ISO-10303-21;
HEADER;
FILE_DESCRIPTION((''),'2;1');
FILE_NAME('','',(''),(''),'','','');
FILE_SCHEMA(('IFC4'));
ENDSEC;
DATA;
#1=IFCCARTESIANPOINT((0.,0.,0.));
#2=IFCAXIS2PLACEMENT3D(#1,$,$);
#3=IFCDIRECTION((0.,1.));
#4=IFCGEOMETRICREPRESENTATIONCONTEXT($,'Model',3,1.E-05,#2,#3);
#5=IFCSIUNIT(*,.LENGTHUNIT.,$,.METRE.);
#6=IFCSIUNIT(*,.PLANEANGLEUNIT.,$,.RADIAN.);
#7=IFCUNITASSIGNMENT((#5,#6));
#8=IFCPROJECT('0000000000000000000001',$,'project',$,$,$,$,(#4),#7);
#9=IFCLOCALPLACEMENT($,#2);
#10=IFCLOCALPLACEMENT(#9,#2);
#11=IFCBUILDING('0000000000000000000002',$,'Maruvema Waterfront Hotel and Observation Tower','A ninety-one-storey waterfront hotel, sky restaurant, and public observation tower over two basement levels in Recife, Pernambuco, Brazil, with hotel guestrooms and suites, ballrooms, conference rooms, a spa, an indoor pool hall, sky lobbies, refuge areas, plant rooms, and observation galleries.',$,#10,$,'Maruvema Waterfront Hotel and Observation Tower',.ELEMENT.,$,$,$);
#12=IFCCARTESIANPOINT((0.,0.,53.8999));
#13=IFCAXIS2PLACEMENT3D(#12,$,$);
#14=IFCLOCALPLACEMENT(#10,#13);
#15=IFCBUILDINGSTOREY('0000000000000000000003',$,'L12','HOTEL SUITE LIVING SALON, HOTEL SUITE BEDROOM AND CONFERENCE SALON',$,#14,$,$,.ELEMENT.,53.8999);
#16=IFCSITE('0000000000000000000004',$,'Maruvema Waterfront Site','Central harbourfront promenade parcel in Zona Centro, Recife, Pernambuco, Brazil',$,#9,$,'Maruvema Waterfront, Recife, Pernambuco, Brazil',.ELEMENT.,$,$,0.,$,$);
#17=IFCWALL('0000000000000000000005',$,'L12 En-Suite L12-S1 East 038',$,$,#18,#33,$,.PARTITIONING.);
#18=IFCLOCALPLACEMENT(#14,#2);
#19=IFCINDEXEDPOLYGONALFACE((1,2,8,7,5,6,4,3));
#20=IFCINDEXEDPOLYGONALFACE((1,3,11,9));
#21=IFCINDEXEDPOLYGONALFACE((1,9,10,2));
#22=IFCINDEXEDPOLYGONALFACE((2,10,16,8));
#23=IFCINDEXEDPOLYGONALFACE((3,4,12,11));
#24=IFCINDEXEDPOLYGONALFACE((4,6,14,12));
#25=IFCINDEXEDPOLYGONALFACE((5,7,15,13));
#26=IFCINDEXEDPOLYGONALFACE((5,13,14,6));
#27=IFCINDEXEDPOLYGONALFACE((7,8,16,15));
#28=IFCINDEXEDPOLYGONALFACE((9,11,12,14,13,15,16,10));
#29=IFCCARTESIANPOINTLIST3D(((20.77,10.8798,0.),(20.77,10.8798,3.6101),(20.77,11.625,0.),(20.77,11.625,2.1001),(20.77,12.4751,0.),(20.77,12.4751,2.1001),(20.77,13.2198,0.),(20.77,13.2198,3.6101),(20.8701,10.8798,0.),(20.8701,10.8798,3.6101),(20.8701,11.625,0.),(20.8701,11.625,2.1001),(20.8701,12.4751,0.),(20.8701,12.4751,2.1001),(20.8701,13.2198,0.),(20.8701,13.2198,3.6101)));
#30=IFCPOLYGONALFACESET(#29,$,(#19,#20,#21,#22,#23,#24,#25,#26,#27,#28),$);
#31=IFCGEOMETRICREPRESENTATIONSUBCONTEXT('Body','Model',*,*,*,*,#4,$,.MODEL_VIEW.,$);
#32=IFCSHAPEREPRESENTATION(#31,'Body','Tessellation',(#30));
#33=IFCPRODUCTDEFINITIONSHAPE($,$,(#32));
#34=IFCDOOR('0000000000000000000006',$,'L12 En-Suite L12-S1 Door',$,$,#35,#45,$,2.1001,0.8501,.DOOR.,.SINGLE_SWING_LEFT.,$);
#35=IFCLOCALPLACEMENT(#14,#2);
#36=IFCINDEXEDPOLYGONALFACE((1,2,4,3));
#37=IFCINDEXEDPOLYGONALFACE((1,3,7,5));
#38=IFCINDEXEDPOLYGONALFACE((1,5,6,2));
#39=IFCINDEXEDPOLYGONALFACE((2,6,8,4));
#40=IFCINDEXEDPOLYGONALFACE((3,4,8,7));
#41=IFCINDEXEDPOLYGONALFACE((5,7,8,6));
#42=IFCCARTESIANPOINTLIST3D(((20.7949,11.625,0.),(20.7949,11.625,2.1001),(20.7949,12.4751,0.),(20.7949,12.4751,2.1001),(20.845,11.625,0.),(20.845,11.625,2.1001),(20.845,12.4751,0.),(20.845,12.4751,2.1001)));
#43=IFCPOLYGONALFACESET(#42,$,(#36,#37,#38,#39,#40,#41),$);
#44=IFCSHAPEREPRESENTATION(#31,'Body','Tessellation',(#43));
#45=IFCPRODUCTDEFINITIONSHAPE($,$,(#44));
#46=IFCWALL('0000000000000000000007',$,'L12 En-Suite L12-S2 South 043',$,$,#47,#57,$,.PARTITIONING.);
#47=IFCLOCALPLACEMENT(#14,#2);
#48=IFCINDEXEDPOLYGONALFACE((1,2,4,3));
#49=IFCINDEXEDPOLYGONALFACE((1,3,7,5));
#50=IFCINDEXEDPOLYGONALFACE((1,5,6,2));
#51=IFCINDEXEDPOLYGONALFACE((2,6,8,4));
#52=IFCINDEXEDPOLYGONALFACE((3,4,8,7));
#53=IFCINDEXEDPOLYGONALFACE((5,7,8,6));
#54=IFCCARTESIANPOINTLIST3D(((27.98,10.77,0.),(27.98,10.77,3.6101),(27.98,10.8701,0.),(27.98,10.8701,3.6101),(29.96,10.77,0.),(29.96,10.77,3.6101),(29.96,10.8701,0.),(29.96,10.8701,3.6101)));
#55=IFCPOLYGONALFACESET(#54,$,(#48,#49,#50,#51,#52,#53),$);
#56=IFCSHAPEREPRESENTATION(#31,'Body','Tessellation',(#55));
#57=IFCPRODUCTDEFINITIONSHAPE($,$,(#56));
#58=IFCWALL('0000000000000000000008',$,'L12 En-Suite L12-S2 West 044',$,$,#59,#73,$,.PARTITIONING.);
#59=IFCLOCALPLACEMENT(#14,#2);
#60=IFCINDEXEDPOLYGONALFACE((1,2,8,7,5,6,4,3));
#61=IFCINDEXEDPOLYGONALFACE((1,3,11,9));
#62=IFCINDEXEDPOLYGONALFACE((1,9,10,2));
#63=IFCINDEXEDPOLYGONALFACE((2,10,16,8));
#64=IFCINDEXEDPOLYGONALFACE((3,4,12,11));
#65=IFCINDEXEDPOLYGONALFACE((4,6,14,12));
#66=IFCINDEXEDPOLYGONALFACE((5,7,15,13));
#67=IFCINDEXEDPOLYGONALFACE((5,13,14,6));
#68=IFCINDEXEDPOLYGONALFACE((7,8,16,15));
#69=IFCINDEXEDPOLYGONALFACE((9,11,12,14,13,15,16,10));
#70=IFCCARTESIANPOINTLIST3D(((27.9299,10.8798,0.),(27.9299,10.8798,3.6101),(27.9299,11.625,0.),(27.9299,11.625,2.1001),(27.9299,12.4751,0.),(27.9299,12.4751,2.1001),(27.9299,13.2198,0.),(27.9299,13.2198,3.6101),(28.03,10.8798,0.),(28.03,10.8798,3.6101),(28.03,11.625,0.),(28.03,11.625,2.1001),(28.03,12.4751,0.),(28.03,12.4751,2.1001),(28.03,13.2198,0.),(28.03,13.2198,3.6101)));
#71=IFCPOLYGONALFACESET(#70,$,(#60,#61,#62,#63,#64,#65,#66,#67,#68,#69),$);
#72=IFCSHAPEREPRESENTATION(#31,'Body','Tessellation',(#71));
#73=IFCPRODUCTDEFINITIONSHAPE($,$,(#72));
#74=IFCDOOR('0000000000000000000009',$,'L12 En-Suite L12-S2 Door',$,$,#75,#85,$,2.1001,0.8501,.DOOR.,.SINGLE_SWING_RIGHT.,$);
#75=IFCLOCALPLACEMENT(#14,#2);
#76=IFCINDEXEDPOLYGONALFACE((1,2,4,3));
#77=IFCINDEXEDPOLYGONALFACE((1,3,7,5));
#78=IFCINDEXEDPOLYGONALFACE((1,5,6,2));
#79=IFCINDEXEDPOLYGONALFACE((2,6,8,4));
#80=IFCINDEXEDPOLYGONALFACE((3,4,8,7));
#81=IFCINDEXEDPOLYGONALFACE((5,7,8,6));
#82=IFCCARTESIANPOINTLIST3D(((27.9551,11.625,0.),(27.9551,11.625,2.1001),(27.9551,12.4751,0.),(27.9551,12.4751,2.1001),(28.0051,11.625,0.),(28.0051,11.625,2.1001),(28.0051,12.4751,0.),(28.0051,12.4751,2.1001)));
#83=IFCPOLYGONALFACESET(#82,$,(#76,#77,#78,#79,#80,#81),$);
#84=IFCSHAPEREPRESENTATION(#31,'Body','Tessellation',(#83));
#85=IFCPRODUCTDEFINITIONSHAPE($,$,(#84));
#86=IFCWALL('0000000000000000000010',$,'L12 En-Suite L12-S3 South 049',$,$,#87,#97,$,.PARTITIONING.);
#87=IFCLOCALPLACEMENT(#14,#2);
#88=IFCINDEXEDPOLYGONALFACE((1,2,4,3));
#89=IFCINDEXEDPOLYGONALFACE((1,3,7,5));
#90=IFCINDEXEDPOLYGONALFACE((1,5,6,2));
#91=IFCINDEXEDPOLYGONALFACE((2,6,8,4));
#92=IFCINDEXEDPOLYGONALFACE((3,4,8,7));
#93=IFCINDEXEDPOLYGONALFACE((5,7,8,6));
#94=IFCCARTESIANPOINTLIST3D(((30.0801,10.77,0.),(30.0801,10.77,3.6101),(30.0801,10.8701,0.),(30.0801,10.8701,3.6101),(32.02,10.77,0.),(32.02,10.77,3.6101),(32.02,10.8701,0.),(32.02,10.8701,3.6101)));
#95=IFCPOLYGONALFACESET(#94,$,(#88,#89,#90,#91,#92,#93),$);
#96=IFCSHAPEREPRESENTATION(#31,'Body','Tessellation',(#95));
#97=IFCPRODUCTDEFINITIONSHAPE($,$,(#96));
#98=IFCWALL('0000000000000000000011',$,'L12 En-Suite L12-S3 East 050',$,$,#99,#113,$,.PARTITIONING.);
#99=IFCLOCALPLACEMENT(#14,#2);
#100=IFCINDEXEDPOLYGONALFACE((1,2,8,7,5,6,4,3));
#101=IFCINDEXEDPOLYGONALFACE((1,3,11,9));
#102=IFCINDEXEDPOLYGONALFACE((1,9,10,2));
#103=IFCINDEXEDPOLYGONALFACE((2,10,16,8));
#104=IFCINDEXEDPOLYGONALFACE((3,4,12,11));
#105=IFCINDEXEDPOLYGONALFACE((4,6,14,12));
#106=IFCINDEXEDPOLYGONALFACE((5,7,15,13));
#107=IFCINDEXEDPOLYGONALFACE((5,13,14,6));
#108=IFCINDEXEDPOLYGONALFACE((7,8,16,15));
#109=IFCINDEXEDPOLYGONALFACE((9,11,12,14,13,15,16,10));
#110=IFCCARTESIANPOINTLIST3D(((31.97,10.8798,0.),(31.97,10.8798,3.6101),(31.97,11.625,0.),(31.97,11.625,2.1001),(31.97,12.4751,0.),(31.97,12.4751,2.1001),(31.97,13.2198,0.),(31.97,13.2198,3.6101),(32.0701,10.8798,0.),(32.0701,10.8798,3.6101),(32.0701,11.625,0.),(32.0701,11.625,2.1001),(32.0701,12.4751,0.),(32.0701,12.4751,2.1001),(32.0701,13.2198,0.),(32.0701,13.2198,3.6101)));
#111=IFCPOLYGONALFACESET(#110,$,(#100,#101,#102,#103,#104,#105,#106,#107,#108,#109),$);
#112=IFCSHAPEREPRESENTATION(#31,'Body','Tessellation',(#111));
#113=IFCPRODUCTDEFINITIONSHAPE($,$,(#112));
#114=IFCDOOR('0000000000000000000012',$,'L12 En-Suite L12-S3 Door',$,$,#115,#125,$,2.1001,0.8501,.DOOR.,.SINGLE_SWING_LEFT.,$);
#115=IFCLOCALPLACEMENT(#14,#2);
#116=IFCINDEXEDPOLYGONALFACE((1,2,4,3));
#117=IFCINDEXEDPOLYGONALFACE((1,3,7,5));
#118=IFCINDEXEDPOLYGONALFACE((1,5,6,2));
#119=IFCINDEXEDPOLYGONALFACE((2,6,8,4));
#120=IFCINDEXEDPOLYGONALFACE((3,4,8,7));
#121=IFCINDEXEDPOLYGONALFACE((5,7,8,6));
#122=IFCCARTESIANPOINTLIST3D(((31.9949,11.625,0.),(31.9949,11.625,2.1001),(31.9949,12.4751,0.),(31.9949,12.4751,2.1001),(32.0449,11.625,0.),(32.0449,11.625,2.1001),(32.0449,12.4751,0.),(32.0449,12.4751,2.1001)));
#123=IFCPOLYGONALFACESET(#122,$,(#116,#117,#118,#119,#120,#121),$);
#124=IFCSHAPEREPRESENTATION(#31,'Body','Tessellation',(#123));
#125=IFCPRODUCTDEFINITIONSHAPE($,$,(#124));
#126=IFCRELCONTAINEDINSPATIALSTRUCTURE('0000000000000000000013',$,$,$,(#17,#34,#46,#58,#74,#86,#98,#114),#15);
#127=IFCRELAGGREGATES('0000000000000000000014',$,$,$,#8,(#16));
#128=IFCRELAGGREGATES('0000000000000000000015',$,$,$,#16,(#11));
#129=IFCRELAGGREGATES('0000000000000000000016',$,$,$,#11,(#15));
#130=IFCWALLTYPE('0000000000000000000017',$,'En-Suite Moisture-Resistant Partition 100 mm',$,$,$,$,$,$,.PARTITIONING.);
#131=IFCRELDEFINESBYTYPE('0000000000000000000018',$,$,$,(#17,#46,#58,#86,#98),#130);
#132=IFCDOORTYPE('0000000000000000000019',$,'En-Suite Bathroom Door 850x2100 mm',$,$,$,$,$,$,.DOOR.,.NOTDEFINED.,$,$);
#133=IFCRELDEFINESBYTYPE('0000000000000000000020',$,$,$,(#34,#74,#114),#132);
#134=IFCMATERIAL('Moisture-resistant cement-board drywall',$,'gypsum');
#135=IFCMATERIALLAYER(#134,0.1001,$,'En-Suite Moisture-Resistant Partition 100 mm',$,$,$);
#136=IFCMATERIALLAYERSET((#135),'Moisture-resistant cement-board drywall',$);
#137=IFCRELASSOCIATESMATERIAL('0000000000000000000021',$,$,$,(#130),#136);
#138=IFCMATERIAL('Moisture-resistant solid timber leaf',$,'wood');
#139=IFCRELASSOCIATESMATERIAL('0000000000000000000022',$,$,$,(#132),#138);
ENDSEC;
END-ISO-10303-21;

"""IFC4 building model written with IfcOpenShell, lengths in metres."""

from ifc_helpers import new_model, si_unit, direction, frame, frame_2d, origin, place, context, subcontext, project, spatial, rectangle, extrude, material, layer, layer_set, type_object, element, fill, save


model = new_model("IFC4")

# Units and contexts
model_context = context("Model", 3, precision=1e-05, world=origin(), true_north=direction((0.0, 1.0)))
body_context = subcontext(model_context, "Body", "Model", "MODEL_VIEW")
ifc_project = project(units=[si_unit("LENGTHUNIT", "METRE"), si_unit("PLANEANGLEUNIT", "RADIAN")], contexts=[model_context])

# Site, building, storey
site_placement = place(None, origin())
site = spatial("IfcSite", under=ifc_project, at=site_placement, Name="Maruvema Waterfront Site", Description="Central harbourfront promenade parcel in Zona Centro, Recife, Pernambuco, Brazil", LongName="Maruvema Waterfront, Recife, Pernambuco, Brazil", CompositionType="ELEMENT", RefElevation=0.0)
building_placement = place(site_placement, origin())
building = spatial("IfcBuilding", under=site, at=building_placement, Name="Maruvema Waterfront Hotel and Observation Tower", Description="A ninety-one-storey waterfront hotel, sky restaurant, and public observation tower over two basement levels in Recife, Pernambuco, Brazil, with hotel guestrooms and suites, ballrooms, conference rooms, a spa, an indoor pool hall, sky lobbies, refuge areas, plant rooms, and observation galleries.", LongName="Maruvema Waterfront Hotel and Observation Tower", CompositionType="ELEMENT")
storey_placement = place(building_placement, frame((0.0, 0.0, 53.8999)))
storey = spatial("IfcBuildingStorey", under=building, at=storey_placement, Name="L12", Description="HOTEL SUITE LIVING SALON, HOTEL SUITE BEDROOM AND CONFERENCE SALON", CompositionType="ELEMENT", Elevation=53.8999)

# Shared definitions
ifc_material_1 = material(Name="Moisture-resistant cement-board drywall", Category="gypsum")
ifc_layer_1 = layer(ifc_material_1, 0.1001, Name="En-Suite Moisture-Resistant Partition 100 mm")
ifc_layer_set_1 = layer_set([ifc_layer_1], Name="Moisture-resistant cement-board drywall")
wall_type_1 = type_object("IfcWallType", Name="En-Suite Moisture-Resistant Partition 100 mm", PredefinedType="PARTITIONING", material=ifc_layer_set_1)

# Wall, opening, door
wall_1_placement = place(storey_placement, frame((20.8201, 10.8799, 0.0), z_axis=(0.0, 0.0, 1.0), x_axis=(0.0, 1.0, 0.0)))
wall_1 = element("IfcWall", 1, at=wall_1_placement, inside=storey, type_object=wall_type_1, Name="L12 En-Suite L12-S1 East 038", PredefinedType="PARTITIONING", context=body_context, shape_type="SweptSolid", body=[
    extrude(rectangle(XDim=2.3401, YDim=0.1001, at=frame_2d((1.1699, 0.0))), origin(), (0.0, 0.0, 1.0), 3.6101),
])
opening_1_placement = place(wall_1_placement, frame((0.7451, 0.0, 0.0)))
opening_1 = element("IfcOpeningElement", 2, at=opening_1_placement, cuts=wall_1, PredefinedType="OPENING", context=body_context, shape_type="SweptSolid", body=[
    extrude(rectangle(XDim=0.8501, YDim=2.1001, at=frame_2d((0.425, 1.05))), frame((0.0, 0.0601, 0.0), z_axis=(0.0, -1.0, 0.0), x_axis=(1.0, 0.0, 0.0)), (0.0, 0.0, 1.0), 0.1201),
])
ifc_material_2 = material(Name="Moisture-resistant solid timber leaf", Category="wood")
door_type_1 = type_object("IfcDoorType", Name="En-Suite Bathroom Door 850x2100 mm", OperationType="NOTDEFINED", PredefinedType="DOOR", material=ifc_material_2)
door_1_placement = place(opening_1_placement, frame((0.8501, 0.0, 0.0), z_axis=(0.0, 0.0, 1.0), x_axis=(-1.0, 0.0, 0.0)))
door_1 = element("IfcDoor", 3, at=door_1_placement, inside=storey, type_object=door_type_1, Name="L12 En-Suite L12-S1 Door", OperationType="SINGLE_SWING_LEFT", OverallHeight=2.1001, OverallWidth=0.8501, PredefinedType="DOOR", context=body_context, shape_type="SweptSolid", body=[
    extrude(rectangle(XDim=0.8501, YDim=2.1001, at=frame_2d((0.425, 1.05))), frame((0.0, 0.0249, 0.0), z_axis=(0.0, -1.0, 0.0), x_axis=(1.0, 0.0, 0.0)), (0.0, 0.0, 1.0), 0.05),
])
fill(opening_1, door_1)

# Wall
wall_2_placement = place(storey_placement, frame((27.98, 10.8201, 0.0), z_axis=(0.0, 0.0, 1.0), x_axis=(1.0, 0.0, 0.0)))
element("IfcWall", 4, at=wall_2_placement, inside=storey, type_object=wall_type_1, Name="L12 En-Suite L12-S2 South 043", PredefinedType="PARTITIONING", context=body_context, shape_type="SweptSolid", body=[
    extrude(rectangle(XDim=1.98, YDim=0.1001, at=frame_2d((0.99, 0.0))), origin(), (0.0, 0.0, 1.0), 3.6101),
])

# Wall, opening, door
wall_3_placement = place(storey_placement, frame((27.98, 10.8799, 0.0), z_axis=(0.0, 0.0, 1.0), x_axis=(0.0, 1.0, 0.0)))
wall_3 = element("IfcWall", 5, at=wall_3_placement, inside=storey, type_object=wall_type_1, Name="L12 En-Suite L12-S2 West 044", PredefinedType="PARTITIONING", context=body_context, shape_type="SweptSolid", body=[
    extrude(rectangle(XDim=2.3401, YDim=0.1001, at=frame_2d((1.1699, 0.0))), origin(), (0.0, 0.0, 1.0), 3.6101),
])
opening_2_placement = place(wall_3_placement, frame((0.7451, 0.0, 0.0)))
opening_2 = element("IfcOpeningElement", 6, at=opening_2_placement, cuts=wall_3, PredefinedType="OPENING", context=body_context, shape_type="SweptSolid", body=[
    extrude(rectangle(XDim=0.8501, YDim=2.1001, at=frame_2d((0.425, 1.05))), frame((0.0, 0.0601, 0.0), z_axis=(0.0, -1.0, 0.0), x_axis=(1.0, 0.0, 0.0)), (0.0, 0.0, 1.0), 0.1201),
])
door_2_placement = place(opening_2_placement, origin())
door_2 = element("IfcDoor", 7, at=door_2_placement, inside=storey, type_object=door_type_1, Name="L12 En-Suite L12-S2 Door", OperationType="SINGLE_SWING_RIGHT", OverallHeight=2.1001, OverallWidth=0.8501, PredefinedType="DOOR", context=body_context, shape_type="SweptSolid", body=[
    extrude(rectangle(XDim=0.8501, YDim=2.1001, at=frame_2d((0.425, 1.05))), frame((0.0, 0.0249, 0.0), z_axis=(0.0, -1.0, 0.0), x_axis=(1.0, 0.0, 0.0)), (0.0, 0.0, 1.0), 0.05),
])
fill(opening_2, door_2)

# Wall
wall_4_placement = place(storey_placement, frame((30.0801, 10.8201, 0.0), z_axis=(0.0, 0.0, 1.0), x_axis=(1.0, 0.0, 0.0)))
element("IfcWall", 8, at=wall_4_placement, inside=storey, type_object=wall_type_1, Name="L12 En-Suite L12-S3 South 049", PredefinedType="PARTITIONING", context=body_context, shape_type="SweptSolid", body=[
    extrude(rectangle(XDim=1.9399, YDim=0.1001, at=frame_2d((0.97, 0.0))), origin(), (0.0, 0.0, 1.0), 3.6101),
])

# Wall, opening, door
wall_5_placement = place(storey_placement, frame((32.02, 10.8799, 0.0), z_axis=(0.0, 0.0, 1.0), x_axis=(0.0, 1.0, 0.0)))
wall_5 = element("IfcWall", 9, at=wall_5_placement, inside=storey, type_object=wall_type_1, Name="L12 En-Suite L12-S3 East 050", PredefinedType="PARTITIONING", context=body_context, shape_type="SweptSolid", body=[
    extrude(rectangle(XDim=2.3401, YDim=0.1001, at=frame_2d((1.1699, 0.0))), origin(), (0.0, 0.0, 1.0), 3.6101),
])
opening_3_placement = place(wall_5_placement, frame((0.7451, 0.0, 0.0)))
opening_3 = element("IfcOpeningElement", 10, at=opening_3_placement, cuts=wall_5, PredefinedType="OPENING", context=body_context, shape_type="SweptSolid", body=[
    extrude(rectangle(XDim=0.8501, YDim=2.1001, at=frame_2d((0.425, 1.05))), frame((0.0, 0.0601, 0.0), z_axis=(0.0, -1.0, 0.0), x_axis=(1.0, 0.0, 0.0)), (0.0, 0.0, 1.0), 0.1201),
])
door_3_placement = place(opening_3_placement, frame((0.8501, 0.0, 0.0), z_axis=(0.0, 0.0, 1.0), x_axis=(-1.0, 0.0, 0.0)))
door_3 = element("IfcDoor", 11, at=door_3_placement, inside=storey, type_object=door_type_1, Name="L12 En-Suite L12-S3 Door", OperationType="SINGLE_SWING_LEFT", OverallHeight=2.1001, OverallWidth=0.8501, PredefinedType="DOOR", context=body_context, shape_type="SweptSolid", body=[
    extrude(rectangle(XDim=0.8501, YDim=2.1001, at=frame_2d((0.425, 1.05))), frame((0.0, 0.0249, 0.0), z_axis=(0.0, -1.0, 0.0), x_axis=(1.0, 0.0, 0.0)), (0.0, 0.0, 1.0), 0.05),
])
fill(opening_3, door_3)

save(model, "model.ifc")
